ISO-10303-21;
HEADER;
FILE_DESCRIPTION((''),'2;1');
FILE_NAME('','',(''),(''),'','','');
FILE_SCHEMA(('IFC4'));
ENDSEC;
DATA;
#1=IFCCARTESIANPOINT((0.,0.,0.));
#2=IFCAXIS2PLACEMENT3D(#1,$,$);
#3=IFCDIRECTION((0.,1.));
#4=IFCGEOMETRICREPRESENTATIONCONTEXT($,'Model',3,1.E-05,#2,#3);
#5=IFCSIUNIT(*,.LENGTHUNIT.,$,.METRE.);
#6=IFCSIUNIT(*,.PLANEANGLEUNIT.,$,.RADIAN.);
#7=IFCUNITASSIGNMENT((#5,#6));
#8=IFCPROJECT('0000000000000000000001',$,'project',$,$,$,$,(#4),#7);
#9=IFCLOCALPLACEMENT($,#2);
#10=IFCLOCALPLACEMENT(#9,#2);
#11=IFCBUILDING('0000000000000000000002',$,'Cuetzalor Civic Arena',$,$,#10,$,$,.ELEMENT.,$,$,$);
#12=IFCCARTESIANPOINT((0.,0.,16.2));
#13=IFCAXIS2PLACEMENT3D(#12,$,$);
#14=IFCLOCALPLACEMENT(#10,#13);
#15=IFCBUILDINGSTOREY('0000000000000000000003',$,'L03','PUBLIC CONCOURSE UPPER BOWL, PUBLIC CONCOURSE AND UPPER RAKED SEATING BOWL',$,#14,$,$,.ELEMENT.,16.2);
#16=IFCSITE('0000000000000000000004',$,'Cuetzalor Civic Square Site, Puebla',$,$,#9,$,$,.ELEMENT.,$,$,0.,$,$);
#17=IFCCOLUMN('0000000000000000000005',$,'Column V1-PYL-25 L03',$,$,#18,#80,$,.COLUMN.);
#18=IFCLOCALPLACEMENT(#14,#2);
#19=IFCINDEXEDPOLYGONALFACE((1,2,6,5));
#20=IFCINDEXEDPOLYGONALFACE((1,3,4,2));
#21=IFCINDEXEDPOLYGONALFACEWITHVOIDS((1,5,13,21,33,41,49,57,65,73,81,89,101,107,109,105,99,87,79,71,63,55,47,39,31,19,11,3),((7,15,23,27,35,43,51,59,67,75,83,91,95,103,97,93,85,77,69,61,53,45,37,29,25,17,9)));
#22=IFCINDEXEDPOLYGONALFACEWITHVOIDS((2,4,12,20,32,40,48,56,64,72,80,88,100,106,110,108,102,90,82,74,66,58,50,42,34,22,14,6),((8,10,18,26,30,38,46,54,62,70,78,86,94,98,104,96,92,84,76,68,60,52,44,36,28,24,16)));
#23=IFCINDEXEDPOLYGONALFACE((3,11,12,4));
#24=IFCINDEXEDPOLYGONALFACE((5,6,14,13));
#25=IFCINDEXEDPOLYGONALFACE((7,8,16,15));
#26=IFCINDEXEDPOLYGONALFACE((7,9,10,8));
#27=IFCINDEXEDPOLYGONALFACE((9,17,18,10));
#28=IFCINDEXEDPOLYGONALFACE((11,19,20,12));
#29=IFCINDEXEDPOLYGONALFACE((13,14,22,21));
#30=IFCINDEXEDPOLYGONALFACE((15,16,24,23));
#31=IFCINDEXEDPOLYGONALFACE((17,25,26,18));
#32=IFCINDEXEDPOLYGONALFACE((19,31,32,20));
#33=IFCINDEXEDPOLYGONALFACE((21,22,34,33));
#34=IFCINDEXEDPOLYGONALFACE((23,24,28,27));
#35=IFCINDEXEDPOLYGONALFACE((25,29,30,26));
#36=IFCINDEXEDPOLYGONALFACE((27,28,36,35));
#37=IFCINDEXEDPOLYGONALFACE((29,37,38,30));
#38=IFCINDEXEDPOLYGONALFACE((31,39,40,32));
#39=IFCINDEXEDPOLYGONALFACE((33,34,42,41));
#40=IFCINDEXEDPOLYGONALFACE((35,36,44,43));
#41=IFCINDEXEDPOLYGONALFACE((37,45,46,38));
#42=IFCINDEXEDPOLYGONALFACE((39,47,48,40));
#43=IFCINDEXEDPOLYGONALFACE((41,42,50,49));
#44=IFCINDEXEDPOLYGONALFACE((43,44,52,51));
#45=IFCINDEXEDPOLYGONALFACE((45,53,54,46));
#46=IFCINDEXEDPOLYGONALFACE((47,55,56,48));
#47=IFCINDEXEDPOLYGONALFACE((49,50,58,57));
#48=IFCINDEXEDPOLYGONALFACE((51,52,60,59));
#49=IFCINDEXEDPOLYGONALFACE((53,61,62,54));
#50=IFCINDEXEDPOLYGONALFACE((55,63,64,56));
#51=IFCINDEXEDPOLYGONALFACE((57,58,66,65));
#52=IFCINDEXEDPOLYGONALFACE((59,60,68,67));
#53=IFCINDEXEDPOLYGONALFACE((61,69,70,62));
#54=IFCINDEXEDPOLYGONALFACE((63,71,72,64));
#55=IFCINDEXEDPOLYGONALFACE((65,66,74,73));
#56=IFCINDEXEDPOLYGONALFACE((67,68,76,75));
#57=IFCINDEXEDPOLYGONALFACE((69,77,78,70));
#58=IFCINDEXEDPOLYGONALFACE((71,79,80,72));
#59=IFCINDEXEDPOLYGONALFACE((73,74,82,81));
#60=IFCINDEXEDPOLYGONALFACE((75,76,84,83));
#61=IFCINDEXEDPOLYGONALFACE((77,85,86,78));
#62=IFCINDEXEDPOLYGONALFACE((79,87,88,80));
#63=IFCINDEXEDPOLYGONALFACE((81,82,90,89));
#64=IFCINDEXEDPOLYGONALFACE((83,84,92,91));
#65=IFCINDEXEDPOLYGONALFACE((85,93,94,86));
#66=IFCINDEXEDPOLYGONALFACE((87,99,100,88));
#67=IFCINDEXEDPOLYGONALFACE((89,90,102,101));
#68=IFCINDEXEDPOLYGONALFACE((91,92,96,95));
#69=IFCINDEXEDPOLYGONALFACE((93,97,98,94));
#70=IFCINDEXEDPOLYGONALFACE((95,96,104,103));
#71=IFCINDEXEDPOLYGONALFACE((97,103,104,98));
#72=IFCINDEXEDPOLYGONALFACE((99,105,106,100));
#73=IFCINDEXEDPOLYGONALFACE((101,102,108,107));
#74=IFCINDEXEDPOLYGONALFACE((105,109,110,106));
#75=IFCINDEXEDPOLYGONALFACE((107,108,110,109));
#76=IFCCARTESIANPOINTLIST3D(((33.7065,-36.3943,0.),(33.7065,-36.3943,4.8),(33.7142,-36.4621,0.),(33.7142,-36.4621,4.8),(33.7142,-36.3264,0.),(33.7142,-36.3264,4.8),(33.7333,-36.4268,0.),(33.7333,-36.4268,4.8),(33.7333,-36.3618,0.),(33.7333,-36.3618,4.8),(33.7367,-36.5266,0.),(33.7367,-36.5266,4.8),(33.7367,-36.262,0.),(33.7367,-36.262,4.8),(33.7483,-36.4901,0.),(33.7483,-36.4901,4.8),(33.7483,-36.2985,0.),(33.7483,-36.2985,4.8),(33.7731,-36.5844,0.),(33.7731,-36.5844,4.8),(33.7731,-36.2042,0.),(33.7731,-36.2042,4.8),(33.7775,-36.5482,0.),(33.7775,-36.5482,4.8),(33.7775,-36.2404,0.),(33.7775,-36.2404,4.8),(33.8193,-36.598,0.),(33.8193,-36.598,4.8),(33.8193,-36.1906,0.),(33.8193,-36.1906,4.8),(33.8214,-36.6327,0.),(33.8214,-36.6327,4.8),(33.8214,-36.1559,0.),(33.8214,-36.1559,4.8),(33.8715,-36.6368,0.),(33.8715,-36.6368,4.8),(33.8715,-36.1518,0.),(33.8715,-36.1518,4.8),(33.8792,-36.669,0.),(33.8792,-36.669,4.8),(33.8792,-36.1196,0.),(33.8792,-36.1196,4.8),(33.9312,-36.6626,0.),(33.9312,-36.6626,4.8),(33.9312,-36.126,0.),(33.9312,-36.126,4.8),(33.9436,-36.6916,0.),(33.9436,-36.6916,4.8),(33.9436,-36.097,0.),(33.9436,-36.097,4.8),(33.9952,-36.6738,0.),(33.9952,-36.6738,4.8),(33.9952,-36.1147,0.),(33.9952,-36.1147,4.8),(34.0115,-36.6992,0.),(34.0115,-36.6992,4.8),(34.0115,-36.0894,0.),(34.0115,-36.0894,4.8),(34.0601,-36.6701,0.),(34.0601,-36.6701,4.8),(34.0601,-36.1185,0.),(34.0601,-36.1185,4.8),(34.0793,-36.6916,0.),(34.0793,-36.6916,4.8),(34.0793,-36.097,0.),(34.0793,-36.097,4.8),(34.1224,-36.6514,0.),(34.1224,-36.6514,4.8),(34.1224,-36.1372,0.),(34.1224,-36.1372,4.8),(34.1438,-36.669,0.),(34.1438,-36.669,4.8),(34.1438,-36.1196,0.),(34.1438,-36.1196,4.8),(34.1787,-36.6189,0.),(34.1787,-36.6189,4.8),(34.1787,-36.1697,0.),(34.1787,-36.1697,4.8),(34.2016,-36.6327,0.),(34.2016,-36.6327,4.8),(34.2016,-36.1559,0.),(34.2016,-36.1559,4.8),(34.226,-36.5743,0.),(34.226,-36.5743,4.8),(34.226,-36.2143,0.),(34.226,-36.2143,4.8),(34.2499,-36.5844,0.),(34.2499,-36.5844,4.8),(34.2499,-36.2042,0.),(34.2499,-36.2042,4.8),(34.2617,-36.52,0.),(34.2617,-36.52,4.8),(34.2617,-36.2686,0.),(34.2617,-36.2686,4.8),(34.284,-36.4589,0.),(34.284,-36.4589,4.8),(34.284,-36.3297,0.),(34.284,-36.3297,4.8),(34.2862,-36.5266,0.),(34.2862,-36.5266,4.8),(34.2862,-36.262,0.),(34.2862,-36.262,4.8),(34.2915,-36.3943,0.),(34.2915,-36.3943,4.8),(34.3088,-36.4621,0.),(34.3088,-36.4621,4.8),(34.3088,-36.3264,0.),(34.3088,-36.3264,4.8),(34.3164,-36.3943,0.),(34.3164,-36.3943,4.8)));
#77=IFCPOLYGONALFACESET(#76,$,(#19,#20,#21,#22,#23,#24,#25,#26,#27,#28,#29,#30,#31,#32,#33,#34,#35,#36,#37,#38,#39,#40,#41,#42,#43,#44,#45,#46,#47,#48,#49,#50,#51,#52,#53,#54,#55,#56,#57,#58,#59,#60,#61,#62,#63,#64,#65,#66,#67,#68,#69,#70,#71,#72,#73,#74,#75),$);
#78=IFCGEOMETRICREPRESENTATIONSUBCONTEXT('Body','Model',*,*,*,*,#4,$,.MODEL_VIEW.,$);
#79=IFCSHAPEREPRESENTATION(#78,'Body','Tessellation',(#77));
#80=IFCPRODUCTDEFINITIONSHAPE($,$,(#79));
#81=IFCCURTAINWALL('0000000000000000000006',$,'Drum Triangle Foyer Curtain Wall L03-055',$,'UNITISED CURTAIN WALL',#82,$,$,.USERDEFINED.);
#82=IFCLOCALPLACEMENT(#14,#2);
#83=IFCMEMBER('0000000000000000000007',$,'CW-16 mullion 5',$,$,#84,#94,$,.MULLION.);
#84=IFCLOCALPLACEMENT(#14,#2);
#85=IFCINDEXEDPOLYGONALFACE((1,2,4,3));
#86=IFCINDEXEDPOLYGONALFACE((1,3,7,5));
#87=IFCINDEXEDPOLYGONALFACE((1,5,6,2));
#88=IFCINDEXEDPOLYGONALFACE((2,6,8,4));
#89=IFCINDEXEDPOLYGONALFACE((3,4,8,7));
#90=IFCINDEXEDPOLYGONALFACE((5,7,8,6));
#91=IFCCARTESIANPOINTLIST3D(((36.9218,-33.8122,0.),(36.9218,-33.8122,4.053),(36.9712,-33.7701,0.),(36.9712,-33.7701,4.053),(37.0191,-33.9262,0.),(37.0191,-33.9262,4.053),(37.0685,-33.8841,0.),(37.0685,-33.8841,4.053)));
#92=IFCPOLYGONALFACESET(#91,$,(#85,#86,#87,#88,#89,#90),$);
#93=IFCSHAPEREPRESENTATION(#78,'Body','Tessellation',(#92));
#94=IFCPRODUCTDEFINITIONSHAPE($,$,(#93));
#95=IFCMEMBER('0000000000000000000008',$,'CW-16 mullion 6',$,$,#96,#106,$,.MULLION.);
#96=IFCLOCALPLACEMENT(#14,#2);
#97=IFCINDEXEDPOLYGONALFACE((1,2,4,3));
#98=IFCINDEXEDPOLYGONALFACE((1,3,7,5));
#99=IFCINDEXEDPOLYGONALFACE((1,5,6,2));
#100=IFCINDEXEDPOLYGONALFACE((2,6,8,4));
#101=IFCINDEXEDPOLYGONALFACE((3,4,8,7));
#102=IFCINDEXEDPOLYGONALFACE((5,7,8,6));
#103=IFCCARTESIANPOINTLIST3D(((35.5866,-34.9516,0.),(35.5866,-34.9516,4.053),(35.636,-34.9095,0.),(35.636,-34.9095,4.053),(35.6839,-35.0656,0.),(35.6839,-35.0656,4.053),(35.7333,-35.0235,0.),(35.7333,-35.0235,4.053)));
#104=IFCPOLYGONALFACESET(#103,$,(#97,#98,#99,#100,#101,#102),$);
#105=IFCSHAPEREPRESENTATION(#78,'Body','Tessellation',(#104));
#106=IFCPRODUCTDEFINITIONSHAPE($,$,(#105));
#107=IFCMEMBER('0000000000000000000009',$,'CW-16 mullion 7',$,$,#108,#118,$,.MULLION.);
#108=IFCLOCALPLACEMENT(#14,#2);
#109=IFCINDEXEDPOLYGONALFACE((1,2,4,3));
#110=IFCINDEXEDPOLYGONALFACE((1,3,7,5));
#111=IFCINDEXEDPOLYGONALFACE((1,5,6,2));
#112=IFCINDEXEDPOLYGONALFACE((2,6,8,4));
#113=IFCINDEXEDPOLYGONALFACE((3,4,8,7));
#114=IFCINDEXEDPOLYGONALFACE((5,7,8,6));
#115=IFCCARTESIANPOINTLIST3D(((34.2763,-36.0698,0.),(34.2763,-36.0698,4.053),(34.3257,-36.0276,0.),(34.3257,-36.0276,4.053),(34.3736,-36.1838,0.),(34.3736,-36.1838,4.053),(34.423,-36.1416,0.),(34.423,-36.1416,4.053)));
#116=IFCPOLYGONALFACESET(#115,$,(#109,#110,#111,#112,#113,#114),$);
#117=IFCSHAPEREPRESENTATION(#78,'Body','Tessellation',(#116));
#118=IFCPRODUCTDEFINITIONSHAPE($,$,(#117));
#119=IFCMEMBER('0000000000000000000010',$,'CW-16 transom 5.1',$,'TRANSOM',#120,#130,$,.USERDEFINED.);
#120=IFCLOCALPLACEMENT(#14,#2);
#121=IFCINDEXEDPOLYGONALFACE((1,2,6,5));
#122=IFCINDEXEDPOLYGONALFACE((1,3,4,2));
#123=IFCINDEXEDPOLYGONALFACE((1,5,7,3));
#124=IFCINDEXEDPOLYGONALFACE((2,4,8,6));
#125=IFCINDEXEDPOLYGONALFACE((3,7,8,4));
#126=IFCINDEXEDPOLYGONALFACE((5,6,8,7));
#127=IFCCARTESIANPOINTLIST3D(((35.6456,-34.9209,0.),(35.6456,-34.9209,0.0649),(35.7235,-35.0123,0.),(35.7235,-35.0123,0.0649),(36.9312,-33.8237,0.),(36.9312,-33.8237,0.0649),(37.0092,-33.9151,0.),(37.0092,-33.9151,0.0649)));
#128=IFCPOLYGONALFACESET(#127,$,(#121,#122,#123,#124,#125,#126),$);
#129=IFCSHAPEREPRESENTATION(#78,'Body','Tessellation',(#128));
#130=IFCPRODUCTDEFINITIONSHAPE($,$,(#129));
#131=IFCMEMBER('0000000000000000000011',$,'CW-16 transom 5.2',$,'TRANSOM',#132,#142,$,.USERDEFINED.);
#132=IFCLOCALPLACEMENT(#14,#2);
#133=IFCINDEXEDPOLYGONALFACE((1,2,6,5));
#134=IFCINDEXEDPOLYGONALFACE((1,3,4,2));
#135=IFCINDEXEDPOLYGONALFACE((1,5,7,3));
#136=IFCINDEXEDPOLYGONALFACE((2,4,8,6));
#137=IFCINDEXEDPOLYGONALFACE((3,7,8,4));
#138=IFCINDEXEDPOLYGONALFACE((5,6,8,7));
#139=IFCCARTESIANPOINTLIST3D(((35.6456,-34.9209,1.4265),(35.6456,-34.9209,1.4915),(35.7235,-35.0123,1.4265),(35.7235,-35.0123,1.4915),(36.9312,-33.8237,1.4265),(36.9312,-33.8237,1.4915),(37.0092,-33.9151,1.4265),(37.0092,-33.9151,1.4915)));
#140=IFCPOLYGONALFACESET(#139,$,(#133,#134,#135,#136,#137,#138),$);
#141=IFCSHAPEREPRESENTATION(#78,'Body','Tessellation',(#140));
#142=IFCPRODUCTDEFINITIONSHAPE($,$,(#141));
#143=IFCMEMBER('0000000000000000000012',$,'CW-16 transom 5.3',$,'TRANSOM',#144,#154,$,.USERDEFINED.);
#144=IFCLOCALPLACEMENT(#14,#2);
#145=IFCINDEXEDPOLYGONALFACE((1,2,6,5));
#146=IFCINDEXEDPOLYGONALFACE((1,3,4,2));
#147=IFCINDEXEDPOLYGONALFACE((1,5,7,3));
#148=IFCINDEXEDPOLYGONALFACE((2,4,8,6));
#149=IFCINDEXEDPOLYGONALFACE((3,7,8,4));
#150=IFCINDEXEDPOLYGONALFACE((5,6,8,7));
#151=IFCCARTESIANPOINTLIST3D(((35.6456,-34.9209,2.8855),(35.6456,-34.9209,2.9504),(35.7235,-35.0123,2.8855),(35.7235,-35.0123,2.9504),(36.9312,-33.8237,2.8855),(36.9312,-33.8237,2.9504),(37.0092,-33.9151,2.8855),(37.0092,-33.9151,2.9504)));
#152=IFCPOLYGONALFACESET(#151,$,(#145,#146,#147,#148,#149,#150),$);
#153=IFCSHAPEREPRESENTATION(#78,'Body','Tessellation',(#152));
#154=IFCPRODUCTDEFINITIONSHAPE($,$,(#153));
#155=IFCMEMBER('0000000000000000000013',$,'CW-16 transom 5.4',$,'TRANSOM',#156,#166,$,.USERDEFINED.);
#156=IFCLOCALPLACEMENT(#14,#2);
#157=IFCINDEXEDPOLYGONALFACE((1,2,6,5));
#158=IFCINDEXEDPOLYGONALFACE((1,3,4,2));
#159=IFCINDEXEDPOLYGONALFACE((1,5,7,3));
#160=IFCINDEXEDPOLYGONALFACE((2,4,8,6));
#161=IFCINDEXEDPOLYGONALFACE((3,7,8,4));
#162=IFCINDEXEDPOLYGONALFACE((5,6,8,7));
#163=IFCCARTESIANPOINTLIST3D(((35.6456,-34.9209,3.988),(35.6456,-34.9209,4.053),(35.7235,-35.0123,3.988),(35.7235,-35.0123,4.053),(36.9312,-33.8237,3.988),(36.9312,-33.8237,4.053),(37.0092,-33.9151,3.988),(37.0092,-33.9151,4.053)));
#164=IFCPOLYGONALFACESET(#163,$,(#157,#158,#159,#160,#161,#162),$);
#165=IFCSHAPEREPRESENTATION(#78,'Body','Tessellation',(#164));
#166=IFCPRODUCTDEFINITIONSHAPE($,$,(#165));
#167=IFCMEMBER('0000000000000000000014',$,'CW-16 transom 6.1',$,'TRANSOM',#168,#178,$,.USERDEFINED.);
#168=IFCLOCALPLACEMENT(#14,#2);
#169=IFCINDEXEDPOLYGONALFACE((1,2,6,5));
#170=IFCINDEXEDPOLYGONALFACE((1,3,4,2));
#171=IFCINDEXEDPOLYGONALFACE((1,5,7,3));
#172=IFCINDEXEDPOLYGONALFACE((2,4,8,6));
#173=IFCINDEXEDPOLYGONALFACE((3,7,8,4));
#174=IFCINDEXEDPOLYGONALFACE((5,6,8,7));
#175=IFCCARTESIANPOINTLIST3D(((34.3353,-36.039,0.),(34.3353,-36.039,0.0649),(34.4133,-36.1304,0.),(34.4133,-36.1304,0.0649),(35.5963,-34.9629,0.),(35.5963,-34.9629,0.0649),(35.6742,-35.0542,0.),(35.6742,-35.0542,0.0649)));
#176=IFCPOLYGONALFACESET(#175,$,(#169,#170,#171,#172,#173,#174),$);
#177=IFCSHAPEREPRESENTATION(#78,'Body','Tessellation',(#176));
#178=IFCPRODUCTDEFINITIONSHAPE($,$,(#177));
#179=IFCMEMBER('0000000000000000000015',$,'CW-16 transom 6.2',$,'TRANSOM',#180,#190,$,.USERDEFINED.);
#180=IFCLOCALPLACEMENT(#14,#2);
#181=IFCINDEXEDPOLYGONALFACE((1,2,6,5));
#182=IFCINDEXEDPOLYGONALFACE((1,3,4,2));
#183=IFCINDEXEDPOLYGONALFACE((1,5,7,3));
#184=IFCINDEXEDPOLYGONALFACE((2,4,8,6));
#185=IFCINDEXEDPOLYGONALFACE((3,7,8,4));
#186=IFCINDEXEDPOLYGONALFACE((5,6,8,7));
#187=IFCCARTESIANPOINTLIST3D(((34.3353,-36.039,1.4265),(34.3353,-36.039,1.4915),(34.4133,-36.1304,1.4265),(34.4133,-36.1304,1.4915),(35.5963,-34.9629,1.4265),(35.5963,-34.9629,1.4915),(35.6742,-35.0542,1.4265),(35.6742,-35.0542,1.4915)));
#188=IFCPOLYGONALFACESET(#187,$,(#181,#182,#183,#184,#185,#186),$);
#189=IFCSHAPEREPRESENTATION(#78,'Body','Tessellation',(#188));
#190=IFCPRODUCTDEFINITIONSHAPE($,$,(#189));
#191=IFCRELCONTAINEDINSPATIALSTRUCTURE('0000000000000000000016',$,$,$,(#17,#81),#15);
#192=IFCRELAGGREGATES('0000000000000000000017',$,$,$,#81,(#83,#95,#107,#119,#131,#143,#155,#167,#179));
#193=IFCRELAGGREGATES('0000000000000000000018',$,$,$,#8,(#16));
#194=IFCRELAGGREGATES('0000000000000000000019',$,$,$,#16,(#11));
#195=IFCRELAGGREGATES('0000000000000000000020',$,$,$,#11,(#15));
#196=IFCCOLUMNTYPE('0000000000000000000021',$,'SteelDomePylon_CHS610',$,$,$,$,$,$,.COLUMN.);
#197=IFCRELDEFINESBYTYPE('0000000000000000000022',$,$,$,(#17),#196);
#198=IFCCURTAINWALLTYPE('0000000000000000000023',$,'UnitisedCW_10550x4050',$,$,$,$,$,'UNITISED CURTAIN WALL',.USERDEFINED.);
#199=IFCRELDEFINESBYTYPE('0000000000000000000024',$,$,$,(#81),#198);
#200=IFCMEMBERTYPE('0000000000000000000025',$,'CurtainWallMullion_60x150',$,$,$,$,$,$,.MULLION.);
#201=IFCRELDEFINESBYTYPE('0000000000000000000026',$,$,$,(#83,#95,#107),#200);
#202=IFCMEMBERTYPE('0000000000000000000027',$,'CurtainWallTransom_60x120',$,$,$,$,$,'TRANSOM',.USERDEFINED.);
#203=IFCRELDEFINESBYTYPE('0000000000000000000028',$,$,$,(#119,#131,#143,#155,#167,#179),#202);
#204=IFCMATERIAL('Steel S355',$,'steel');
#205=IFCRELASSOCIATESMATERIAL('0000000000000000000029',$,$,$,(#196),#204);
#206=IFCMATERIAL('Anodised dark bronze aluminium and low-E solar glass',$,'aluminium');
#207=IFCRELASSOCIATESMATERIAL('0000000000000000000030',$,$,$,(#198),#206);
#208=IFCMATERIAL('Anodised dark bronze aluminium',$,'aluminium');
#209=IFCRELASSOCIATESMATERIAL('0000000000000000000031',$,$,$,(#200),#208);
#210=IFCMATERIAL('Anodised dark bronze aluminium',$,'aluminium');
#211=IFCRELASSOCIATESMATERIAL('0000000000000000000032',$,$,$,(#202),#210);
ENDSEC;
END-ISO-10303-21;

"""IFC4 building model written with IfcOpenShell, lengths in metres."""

from ifc_helpers import new_model, si_unit, direction, frame, origin, origin_2d, place, context, subcontext, project, spatial, rectangle, hollow_circle, extrude, material, material_profile, profile_set, type_object, element, aggregate, save


model = new_model("IFC4")

# Units and contexts
model_context = context("Model", 3, precision=1e-05, world=origin(), true_north=direction((0.0, 1.0)))
body_context = subcontext(model_context, "Body", "Model", "MODEL_VIEW")
ifc_project = project(units=[si_unit("LENGTHUNIT", "METRE"), si_unit("PLANEANGLEUNIT", "RADIAN")], contexts=[model_context])

# Site, building, storey
site_placement = place(None, origin())
site = spatial("IfcSite", under=ifc_project, at=site_placement, Name="Cuetzalor Civic Square Site, Puebla", CompositionType="ELEMENT", RefElevation=0.0)
building_placement = place(site_placement, origin())
building = spatial("IfcBuilding", under=site, at=building_placement, Name="Cuetzalor Civic Arena", CompositionType="ELEMENT")
storey_placement = place(building_placement, frame((0.0, 0.0, 16.2)))
storey = spatial("IfcBuildingStorey", under=building, at=storey_placement, Name="L03", Description="PUBLIC CONCOURSE UPPER BOWL, PUBLIC CONCOURSE AND UPPER RAKED SEATING BOWL", CompositionType="ELEMENT", Elevation=16.2)

# Column
ifc_material_1 = material(Name="Steel S355", Category="steel")
ifc_material_profile_1 = material_profile(ifc_material_1, hollow_circle(Radius=0.3049, WallThickness=0.0249, at=origin_2d()), Name="CHS 610x25")
ifc_profile_set_1 = profile_set([ifc_material_profile_1], Name="Steel S355")
column_type = type_object("IfcColumnType", Name="SteelDomePylon_CHS610", PredefinedType="COLUMN", material=ifc_profile_set_1)
column_placement = place(storey_placement, frame((34.0115, -36.3943, 0.0), z_axis=(0.0, 0.0, 1.0), x_axis=(1.0, 0.0, 0.0)))
element("IfcColumn", 1, at=column_placement, inside=storey, type_object=column_type, Name="Column V1-PYL-25 L03", PredefinedType="COLUMN", context=body_context, shape_type="SweptSolid", body=[
    extrude(hollow_circle(Radius=0.3049, WallThickness=0.0249, at=origin_2d()), origin(), (0.0, 0.0, 1.0), 4.8),
])

# Curtain wall, members
ifc_material_2 = material(Name="Anodised dark bronze aluminium and low-E solar glass", Category="aluminium")
curtain_wall_type = type_object("IfcCurtainWallType", Name="UnitisedCW_10550x4050", ElementType="UNITISED CURTAIN WALL", PredefinedType="USERDEFINED", material=ifc_material_2)
curtain_wall_placement = place(storey_placement, origin())
curtain_wall = element("IfcCurtainWall", 2, at=curtain_wall_placement, inside=storey, type_object=curtain_wall_type, Name="Drum Triangle Foyer Curtain Wall L03-055", ObjectType="UNITISED CURTAIN WALL", PredefinedType="USERDEFINED")
ifc_material_3 = material(Name="Anodised dark bronze aluminium", Category="aluminium")
ifc_material_profile_2 = material_profile(ifc_material_3, rectangle(XDim=0.0649, YDim=0.1499, at=origin_2d()), Name="ALU MULLION 65x150")
ifc_profile_set_2 = profile_set([ifc_material_profile_2], Name="Anodised dark bronze aluminium")
member_type_1 = type_object("IfcMemberType", Name="CurtainWallMullion_60x150", PredefinedType="MULLION", material=ifc_profile_set_2)
member_1_placement = place(storey_placement, frame((36.9951, -33.8481, 0.0), z_axis=(0.0, 0.0, 1.0), x_axis=(-0.760677, -0.64913, 0.0)))
member_1 = element("IfcMember", 3, at=member_1_placement, type_object=member_type_1, Name="CW-16 mullion 5", PredefinedType="MULLION", context=body_context, shape_type="SweptSolid", body=[
    extrude(rectangle(XDim=0.0649, YDim=0.1499, at=origin_2d()), origin(), (0.0, 0.0, 1.0), 4.053),
])
member_2_placement = place(storey_placement, frame((35.6599, -34.9875, 0.0), z_axis=(0.0, 0.0, 1.0), x_axis=(-0.760677, -0.64913, 0.0)))
member_2 = element("IfcMember", 4, at=member_2_placement, type_object=member_type_1, Name="CW-16 mullion 6", PredefinedType="MULLION", context=body_context, shape_type="SweptSolid", body=[
    extrude(rectangle(XDim=0.0649, YDim=0.1499, at=origin_2d()), origin(), (0.0, 0.0, 1.0), 4.053),
])
member_3_placement = place(storey_placement, frame((34.3496, -36.1057, 0.0), z_axis=(0.0, 0.0, 1.0), x_axis=(-0.760677, -0.64913, 0.0)))
member_3 = element("IfcMember", 5, at=member_3_placement, type_object=member_type_1, Name="CW-16 mullion 7", PredefinedType="MULLION", context=body_context, shape_type="SweptSolid", body=[
    extrude(rectangle(XDim=0.0649, YDim=0.1499, at=origin_2d()), origin(), (0.0, 0.0, 1.0), 4.053),
])
ifc_material_4 = material(Name="Anodised dark bronze aluminium", Category="aluminium")
ifc_material_profile_3 = material_profile(ifc_material_4, rectangle(XDim=0.1201, YDim=0.0649, at=origin_2d()), Name="ALU TRANSOM 65x120")
ifc_profile_set_3 = profile_set([ifc_material_profile_3], Name="Anodised dark bronze aluminium")
member_type_2 = type_object("IfcMemberType", Name="CurtainWallTransom_60x120", ElementType="TRANSOM", PredefinedType="USERDEFINED", material=ifc_profile_set_3)
member_4_placement = place(storey_placement, frame((36.9702, -33.8694, 0.0325), z_axis=(-0.760662, -0.649148, 0.0), x_axis=(0.649148, -0.760662, 0.0)))
member_4 = element("IfcMember", 6, at=member_4_placement, type_object=member_type_2, Name="CW-16 transom 5.1", ObjectType="TRANSOM", PredefinedType="USERDEFINED", context=body_context, shape_type="SweptSolid", body=[
    extrude(rectangle(XDim=0.1201, YDim=0.0649, at=origin_2d()), origin(), (0.0, 0.0, 1.0), 1.6902),
])
member_5_placement = place(storey_placement, frame((36.9702, -33.8694, 1.459), z_axis=(-0.760662, -0.649148, 0.0), x_axis=(0.649148, -0.760662, 0.0)))
member_5 = element("IfcMember", 7, at=member_5_placement, type_object=member_type_2, Name="CW-16 transom 5.2", ObjectType="TRANSOM", PredefinedType="USERDEFINED", context=body_context, shape_type="SweptSolid", body=[
    extrude(rectangle(XDim=0.1201, YDim=0.0649, at=origin_2d()), origin(), (0.0, 0.0, 1.0), 1.6902),
])
member_6_placement = place(storey_placement, frame((36.9702, -33.8694, 2.918), z_axis=(-0.760662, -0.649148, 0.0), x_axis=(0.649148, -0.760662, 0.0)))
member_6 = element("IfcMember", 8, at=member_6_placement, type_object=member_type_2, Name="CW-16 transom 5.3", ObjectType="TRANSOM", PredefinedType="USERDEFINED", context=body_context, shape_type="SweptSolid", body=[
    extrude(rectangle(XDim=0.1201, YDim=0.0649, at=origin_2d()), origin(), (0.0, 0.0, 1.0), 1.6902),
])
member_7_placement = place(storey_placement, frame((36.9702, -33.8694, 4.0205), z_axis=(-0.760662, -0.649148, 0.0), x_axis=(0.649148, -0.760662, 0.0)))
member_7 = element("IfcMember", 9, at=member_7_placement, type_object=member_type_2, Name="CW-16 transom 5.4", ObjectType="TRANSOM", PredefinedType="USERDEFINED", context=body_context, shape_type="SweptSolid", body=[
    extrude(rectangle(XDim=0.1201, YDim=0.0649, at=origin_2d()), origin(), (0.0, 0.0, 1.0), 1.6902),
])
member_8_placement = place(storey_placement, frame((35.6353, -35.0085, 0.0325), z_axis=(-0.760648, -0.649165, 0.0), x_axis=(0.649165, -0.760648, 0.0)))
member_8 = element("IfcMember", 10, at=member_8_placement, type_object=member_type_2, Name="CW-16 transom 6.1", ObjectType="TRANSOM", PredefinedType="USERDEFINED", context=body_context, shape_type="SweptSolid", body=[
    extrude(rectangle(XDim=0.1201, YDim=0.0649, at=origin_2d()), origin(), (0.0, 0.0, 1.0), 1.6577),
])
member_9_placement = place(storey_placement, frame((35.6353, -35.0085, 1.459), z_axis=(-0.760648, -0.649165, 0.0), x_axis=(0.649165, -0.760648, 0.0)))
member_9 = element("IfcMember", 11, at=member_9_placement, type_object=member_type_2, Name="CW-16 transom 6.2", ObjectType="TRANSOM", PredefinedType="USERDEFINED", context=body_context, shape_type="SweptSolid", body=[
    extrude(rectangle(XDim=0.1201, YDim=0.0649, at=origin_2d()), origin(), (0.0, 0.0, 1.0), 1.6577),
])

aggregate(curtain_wall, [member_1, member_2, member_3, member_4, member_5, member_6, member_7, member_8, member_9])

save(model, "model.ifc")
